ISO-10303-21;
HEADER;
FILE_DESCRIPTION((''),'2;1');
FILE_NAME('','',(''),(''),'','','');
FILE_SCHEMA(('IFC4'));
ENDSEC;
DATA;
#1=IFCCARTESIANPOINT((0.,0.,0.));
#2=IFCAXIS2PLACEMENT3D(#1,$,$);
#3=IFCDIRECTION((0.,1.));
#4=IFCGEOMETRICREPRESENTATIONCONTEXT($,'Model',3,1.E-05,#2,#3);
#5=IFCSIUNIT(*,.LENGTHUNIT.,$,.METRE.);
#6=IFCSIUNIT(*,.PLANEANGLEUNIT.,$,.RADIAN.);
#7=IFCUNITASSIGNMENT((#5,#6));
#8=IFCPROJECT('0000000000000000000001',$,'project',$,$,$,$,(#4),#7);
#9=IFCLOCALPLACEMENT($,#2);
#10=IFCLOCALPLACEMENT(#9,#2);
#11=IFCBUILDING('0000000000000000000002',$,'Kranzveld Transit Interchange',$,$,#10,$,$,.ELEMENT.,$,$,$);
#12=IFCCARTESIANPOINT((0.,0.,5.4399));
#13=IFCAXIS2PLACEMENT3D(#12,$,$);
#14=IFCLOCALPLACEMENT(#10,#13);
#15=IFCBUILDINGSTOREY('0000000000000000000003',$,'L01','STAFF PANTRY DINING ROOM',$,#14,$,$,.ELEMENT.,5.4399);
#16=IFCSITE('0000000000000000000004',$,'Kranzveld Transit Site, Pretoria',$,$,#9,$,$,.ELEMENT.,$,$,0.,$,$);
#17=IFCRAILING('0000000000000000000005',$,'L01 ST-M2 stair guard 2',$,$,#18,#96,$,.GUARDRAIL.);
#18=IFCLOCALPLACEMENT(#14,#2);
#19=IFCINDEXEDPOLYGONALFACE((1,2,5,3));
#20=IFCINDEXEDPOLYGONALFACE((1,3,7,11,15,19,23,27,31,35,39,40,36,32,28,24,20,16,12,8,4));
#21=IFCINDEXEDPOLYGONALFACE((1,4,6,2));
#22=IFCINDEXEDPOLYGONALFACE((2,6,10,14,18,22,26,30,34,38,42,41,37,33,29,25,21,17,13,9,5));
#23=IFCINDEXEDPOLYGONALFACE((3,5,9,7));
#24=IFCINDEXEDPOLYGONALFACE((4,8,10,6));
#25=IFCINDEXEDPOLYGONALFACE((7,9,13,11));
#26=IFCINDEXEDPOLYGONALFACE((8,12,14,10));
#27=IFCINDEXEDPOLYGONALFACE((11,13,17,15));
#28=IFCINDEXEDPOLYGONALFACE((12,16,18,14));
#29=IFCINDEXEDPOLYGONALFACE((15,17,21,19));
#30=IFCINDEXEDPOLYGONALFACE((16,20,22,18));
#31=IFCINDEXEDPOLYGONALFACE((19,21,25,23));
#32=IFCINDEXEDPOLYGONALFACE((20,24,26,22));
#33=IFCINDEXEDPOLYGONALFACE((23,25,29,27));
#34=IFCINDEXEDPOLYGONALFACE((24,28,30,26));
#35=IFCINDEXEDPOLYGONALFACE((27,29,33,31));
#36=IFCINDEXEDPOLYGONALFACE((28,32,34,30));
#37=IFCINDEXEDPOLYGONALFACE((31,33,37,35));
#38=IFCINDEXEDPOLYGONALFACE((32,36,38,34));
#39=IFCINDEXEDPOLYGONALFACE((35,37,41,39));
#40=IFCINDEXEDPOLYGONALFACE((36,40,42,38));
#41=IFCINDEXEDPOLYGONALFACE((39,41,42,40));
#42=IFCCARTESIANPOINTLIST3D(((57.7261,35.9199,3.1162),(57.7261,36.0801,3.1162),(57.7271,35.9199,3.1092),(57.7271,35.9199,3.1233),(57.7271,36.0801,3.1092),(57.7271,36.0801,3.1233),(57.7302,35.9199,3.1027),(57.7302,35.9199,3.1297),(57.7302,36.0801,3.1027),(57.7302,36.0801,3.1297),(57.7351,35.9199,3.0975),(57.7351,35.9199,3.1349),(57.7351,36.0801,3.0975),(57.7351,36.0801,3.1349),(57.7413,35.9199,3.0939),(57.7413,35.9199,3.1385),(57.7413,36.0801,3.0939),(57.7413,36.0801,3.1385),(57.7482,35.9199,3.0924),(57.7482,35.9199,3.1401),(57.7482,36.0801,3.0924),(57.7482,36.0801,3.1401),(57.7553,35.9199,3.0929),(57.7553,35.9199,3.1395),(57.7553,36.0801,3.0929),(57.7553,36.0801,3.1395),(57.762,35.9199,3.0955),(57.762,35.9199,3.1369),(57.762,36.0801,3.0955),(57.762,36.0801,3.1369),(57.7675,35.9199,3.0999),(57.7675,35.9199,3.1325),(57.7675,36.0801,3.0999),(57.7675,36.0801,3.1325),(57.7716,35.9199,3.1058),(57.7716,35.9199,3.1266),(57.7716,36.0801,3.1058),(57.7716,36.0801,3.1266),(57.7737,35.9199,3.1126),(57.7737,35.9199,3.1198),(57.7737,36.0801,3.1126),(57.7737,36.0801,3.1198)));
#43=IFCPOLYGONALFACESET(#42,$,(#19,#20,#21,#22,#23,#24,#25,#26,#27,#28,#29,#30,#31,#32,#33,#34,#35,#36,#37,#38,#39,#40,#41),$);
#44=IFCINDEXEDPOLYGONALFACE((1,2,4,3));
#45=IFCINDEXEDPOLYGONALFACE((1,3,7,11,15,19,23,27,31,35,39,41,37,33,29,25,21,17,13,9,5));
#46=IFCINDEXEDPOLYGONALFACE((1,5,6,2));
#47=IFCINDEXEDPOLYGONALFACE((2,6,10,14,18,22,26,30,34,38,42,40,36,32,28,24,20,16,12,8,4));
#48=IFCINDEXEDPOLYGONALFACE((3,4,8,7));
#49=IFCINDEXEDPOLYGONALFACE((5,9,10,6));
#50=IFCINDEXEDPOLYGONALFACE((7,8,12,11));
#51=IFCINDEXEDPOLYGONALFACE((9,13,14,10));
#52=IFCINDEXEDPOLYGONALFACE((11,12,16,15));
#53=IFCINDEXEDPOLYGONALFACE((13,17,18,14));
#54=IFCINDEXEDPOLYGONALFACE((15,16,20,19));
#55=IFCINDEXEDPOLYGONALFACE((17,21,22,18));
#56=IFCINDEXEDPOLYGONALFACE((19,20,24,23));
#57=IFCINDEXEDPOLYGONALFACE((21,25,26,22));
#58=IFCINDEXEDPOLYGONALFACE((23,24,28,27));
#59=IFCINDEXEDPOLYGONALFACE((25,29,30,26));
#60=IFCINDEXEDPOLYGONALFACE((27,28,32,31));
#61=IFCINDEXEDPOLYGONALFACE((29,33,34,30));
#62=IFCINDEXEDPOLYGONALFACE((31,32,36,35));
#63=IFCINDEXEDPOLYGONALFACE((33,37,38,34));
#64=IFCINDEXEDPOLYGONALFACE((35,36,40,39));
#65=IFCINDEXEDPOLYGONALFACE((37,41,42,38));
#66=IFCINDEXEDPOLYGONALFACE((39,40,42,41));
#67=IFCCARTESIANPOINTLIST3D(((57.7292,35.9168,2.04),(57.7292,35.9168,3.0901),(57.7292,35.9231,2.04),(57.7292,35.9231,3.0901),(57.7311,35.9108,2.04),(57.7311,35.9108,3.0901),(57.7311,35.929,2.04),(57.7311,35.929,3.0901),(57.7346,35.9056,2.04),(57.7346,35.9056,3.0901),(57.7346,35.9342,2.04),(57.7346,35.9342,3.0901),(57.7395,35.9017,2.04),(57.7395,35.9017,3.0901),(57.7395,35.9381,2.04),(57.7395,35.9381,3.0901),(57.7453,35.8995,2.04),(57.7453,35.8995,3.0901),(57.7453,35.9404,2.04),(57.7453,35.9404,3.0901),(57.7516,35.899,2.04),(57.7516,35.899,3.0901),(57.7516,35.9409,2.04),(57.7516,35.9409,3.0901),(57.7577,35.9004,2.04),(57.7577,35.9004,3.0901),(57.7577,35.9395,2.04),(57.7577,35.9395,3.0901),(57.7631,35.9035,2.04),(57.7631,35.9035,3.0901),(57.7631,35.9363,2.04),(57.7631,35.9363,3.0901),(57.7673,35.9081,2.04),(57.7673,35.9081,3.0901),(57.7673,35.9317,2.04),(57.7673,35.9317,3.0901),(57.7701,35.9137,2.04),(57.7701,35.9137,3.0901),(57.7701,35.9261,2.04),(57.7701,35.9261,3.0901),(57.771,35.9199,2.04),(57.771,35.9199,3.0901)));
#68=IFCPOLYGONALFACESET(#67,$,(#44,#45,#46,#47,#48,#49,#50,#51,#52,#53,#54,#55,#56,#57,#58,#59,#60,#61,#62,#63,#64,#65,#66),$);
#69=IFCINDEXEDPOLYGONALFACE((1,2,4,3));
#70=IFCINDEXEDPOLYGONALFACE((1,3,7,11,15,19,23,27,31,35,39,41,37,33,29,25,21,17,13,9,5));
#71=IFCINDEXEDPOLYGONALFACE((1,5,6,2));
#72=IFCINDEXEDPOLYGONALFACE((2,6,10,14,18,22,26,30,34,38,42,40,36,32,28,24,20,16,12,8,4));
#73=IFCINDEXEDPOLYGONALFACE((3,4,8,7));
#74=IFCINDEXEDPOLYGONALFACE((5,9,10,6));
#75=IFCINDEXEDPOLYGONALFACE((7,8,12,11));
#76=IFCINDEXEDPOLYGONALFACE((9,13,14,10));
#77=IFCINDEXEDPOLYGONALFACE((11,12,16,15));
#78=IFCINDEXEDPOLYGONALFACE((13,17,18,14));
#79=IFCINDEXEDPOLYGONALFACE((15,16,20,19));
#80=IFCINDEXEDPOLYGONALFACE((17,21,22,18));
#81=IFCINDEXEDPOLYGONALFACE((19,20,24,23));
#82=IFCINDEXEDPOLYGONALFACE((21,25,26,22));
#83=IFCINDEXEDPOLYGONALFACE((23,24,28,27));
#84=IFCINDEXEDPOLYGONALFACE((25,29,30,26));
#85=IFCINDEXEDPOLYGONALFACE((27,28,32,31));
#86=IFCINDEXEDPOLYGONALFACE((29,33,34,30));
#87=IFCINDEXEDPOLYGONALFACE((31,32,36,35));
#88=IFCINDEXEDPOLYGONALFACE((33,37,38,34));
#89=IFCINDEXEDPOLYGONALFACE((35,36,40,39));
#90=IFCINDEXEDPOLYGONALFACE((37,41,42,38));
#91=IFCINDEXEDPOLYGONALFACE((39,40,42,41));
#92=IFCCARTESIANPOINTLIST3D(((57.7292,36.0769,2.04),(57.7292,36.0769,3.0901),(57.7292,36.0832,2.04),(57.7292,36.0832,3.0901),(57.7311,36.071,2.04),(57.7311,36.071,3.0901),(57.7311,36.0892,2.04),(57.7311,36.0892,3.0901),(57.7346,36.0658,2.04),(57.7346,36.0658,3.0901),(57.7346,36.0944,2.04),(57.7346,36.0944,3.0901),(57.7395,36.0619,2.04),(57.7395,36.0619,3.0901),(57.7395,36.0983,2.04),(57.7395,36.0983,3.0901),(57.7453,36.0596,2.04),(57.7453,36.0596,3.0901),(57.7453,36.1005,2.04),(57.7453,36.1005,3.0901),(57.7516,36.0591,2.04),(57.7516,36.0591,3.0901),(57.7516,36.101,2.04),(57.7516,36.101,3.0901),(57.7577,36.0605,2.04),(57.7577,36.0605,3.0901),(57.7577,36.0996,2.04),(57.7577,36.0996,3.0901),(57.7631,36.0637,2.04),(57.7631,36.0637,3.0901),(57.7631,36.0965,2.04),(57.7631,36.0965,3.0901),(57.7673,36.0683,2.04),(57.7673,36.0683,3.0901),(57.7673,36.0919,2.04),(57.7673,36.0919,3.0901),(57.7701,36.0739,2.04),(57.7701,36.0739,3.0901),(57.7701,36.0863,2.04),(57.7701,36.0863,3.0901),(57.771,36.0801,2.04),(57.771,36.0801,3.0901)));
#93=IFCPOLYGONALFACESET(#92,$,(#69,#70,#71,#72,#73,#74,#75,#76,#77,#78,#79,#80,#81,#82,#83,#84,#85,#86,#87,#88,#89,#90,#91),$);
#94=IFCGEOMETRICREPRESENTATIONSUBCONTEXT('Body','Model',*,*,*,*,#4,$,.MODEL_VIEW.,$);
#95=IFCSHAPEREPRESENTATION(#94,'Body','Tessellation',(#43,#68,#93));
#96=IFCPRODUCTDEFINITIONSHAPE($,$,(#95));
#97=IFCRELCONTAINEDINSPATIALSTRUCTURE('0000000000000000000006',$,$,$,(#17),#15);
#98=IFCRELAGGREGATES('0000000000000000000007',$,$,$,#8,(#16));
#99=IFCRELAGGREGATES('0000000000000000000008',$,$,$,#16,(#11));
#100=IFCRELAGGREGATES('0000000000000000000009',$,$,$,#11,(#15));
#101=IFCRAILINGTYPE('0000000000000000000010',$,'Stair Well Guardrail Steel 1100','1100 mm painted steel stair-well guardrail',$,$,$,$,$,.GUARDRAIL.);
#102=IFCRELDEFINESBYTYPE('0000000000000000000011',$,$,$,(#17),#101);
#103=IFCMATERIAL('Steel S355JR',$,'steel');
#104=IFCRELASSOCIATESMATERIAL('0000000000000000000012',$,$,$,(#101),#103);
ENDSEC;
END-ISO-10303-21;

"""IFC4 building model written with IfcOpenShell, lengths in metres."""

from ifc_helpers import new_model, si_unit, direction, frame, origin, origin_2d, place, context, subcontext, project, spatial, circle, extrude, material, type_object, element, save


model = new_model("IFC4")

# Units and contexts
model_context = context("Model", 3, precision=1e-05, world=origin(), true_north=direction((0.0, 1.0)))
body_context = subcontext(model_context, "Body", "Model", "MODEL_VIEW")
ifc_project = project(units=[si_unit("LENGTHUNIT", "METRE"), si_unit("PLANEANGLEUNIT", "RADIAN")], contexts=[model_context])

# Site, building, storey
site_placement = place(None, origin())
site = spatial("IfcSite", under=ifc_project, at=site_placement, Name="Kranzveld Transit Site, Pretoria", CompositionType="ELEMENT", RefElevation=0.0)
building_placement = place(site_placement, origin())
building = spatial("IfcBuilding", under=site, at=building_placement, Name="Kranzveld Transit Interchange", CompositionType="ELEMENT")
storey_placement = place(building_placement, frame((0.0, 0.0, 5.4399)))
storey = spatial("IfcBuildingStorey", under=building, at=storey_placement, Name="L01", Description="STAFF PANTRY DINING ROOM", CompositionType="ELEMENT", Elevation=5.4399)

# Railing
ifc_material_1 = material(Name="Steel S355JR", Category="steel")
railing_type_1 = type_object("IfcRailingType", Name="Stair Well Guardrail Steel 1100", Description="1100 mm painted steel stair-well guardrail", PredefinedType="GUARDRAIL", material=ifc_material_1)
railing_1_placement = place(storey_placement, frame((57.75, 35.9199, 2.04)))
element("IfcRailing", 1, at=railing_1_placement, inside=storey, type_object=railing_type_1, Name="L01 ST-M2 stair guard 2", PredefinedType="GUARDRAIL", context=body_context, shape_type="SweptSolid", body=[
    extrude(circle(Radius=0.0239, at=origin_2d()), frame((0.0, 0.0, 1.0762), z_axis=(0.0, 1.0, 0.0), x_axis=(-1.0, 0.0, 0.0)), (0.0, 0.0, 1.0), 0.1602),
    extrude(circle(Radius=0.021, at=origin_2d()), origin(), (0.0, 0.0, 1.0), 1.05),
    extrude(circle(Radius=0.021, at=origin_2d()), frame((0.0, 0.1602, 0.0)), (0.0, 0.0, 1.0), 1.05),
])

save(model, "model.ifc")
